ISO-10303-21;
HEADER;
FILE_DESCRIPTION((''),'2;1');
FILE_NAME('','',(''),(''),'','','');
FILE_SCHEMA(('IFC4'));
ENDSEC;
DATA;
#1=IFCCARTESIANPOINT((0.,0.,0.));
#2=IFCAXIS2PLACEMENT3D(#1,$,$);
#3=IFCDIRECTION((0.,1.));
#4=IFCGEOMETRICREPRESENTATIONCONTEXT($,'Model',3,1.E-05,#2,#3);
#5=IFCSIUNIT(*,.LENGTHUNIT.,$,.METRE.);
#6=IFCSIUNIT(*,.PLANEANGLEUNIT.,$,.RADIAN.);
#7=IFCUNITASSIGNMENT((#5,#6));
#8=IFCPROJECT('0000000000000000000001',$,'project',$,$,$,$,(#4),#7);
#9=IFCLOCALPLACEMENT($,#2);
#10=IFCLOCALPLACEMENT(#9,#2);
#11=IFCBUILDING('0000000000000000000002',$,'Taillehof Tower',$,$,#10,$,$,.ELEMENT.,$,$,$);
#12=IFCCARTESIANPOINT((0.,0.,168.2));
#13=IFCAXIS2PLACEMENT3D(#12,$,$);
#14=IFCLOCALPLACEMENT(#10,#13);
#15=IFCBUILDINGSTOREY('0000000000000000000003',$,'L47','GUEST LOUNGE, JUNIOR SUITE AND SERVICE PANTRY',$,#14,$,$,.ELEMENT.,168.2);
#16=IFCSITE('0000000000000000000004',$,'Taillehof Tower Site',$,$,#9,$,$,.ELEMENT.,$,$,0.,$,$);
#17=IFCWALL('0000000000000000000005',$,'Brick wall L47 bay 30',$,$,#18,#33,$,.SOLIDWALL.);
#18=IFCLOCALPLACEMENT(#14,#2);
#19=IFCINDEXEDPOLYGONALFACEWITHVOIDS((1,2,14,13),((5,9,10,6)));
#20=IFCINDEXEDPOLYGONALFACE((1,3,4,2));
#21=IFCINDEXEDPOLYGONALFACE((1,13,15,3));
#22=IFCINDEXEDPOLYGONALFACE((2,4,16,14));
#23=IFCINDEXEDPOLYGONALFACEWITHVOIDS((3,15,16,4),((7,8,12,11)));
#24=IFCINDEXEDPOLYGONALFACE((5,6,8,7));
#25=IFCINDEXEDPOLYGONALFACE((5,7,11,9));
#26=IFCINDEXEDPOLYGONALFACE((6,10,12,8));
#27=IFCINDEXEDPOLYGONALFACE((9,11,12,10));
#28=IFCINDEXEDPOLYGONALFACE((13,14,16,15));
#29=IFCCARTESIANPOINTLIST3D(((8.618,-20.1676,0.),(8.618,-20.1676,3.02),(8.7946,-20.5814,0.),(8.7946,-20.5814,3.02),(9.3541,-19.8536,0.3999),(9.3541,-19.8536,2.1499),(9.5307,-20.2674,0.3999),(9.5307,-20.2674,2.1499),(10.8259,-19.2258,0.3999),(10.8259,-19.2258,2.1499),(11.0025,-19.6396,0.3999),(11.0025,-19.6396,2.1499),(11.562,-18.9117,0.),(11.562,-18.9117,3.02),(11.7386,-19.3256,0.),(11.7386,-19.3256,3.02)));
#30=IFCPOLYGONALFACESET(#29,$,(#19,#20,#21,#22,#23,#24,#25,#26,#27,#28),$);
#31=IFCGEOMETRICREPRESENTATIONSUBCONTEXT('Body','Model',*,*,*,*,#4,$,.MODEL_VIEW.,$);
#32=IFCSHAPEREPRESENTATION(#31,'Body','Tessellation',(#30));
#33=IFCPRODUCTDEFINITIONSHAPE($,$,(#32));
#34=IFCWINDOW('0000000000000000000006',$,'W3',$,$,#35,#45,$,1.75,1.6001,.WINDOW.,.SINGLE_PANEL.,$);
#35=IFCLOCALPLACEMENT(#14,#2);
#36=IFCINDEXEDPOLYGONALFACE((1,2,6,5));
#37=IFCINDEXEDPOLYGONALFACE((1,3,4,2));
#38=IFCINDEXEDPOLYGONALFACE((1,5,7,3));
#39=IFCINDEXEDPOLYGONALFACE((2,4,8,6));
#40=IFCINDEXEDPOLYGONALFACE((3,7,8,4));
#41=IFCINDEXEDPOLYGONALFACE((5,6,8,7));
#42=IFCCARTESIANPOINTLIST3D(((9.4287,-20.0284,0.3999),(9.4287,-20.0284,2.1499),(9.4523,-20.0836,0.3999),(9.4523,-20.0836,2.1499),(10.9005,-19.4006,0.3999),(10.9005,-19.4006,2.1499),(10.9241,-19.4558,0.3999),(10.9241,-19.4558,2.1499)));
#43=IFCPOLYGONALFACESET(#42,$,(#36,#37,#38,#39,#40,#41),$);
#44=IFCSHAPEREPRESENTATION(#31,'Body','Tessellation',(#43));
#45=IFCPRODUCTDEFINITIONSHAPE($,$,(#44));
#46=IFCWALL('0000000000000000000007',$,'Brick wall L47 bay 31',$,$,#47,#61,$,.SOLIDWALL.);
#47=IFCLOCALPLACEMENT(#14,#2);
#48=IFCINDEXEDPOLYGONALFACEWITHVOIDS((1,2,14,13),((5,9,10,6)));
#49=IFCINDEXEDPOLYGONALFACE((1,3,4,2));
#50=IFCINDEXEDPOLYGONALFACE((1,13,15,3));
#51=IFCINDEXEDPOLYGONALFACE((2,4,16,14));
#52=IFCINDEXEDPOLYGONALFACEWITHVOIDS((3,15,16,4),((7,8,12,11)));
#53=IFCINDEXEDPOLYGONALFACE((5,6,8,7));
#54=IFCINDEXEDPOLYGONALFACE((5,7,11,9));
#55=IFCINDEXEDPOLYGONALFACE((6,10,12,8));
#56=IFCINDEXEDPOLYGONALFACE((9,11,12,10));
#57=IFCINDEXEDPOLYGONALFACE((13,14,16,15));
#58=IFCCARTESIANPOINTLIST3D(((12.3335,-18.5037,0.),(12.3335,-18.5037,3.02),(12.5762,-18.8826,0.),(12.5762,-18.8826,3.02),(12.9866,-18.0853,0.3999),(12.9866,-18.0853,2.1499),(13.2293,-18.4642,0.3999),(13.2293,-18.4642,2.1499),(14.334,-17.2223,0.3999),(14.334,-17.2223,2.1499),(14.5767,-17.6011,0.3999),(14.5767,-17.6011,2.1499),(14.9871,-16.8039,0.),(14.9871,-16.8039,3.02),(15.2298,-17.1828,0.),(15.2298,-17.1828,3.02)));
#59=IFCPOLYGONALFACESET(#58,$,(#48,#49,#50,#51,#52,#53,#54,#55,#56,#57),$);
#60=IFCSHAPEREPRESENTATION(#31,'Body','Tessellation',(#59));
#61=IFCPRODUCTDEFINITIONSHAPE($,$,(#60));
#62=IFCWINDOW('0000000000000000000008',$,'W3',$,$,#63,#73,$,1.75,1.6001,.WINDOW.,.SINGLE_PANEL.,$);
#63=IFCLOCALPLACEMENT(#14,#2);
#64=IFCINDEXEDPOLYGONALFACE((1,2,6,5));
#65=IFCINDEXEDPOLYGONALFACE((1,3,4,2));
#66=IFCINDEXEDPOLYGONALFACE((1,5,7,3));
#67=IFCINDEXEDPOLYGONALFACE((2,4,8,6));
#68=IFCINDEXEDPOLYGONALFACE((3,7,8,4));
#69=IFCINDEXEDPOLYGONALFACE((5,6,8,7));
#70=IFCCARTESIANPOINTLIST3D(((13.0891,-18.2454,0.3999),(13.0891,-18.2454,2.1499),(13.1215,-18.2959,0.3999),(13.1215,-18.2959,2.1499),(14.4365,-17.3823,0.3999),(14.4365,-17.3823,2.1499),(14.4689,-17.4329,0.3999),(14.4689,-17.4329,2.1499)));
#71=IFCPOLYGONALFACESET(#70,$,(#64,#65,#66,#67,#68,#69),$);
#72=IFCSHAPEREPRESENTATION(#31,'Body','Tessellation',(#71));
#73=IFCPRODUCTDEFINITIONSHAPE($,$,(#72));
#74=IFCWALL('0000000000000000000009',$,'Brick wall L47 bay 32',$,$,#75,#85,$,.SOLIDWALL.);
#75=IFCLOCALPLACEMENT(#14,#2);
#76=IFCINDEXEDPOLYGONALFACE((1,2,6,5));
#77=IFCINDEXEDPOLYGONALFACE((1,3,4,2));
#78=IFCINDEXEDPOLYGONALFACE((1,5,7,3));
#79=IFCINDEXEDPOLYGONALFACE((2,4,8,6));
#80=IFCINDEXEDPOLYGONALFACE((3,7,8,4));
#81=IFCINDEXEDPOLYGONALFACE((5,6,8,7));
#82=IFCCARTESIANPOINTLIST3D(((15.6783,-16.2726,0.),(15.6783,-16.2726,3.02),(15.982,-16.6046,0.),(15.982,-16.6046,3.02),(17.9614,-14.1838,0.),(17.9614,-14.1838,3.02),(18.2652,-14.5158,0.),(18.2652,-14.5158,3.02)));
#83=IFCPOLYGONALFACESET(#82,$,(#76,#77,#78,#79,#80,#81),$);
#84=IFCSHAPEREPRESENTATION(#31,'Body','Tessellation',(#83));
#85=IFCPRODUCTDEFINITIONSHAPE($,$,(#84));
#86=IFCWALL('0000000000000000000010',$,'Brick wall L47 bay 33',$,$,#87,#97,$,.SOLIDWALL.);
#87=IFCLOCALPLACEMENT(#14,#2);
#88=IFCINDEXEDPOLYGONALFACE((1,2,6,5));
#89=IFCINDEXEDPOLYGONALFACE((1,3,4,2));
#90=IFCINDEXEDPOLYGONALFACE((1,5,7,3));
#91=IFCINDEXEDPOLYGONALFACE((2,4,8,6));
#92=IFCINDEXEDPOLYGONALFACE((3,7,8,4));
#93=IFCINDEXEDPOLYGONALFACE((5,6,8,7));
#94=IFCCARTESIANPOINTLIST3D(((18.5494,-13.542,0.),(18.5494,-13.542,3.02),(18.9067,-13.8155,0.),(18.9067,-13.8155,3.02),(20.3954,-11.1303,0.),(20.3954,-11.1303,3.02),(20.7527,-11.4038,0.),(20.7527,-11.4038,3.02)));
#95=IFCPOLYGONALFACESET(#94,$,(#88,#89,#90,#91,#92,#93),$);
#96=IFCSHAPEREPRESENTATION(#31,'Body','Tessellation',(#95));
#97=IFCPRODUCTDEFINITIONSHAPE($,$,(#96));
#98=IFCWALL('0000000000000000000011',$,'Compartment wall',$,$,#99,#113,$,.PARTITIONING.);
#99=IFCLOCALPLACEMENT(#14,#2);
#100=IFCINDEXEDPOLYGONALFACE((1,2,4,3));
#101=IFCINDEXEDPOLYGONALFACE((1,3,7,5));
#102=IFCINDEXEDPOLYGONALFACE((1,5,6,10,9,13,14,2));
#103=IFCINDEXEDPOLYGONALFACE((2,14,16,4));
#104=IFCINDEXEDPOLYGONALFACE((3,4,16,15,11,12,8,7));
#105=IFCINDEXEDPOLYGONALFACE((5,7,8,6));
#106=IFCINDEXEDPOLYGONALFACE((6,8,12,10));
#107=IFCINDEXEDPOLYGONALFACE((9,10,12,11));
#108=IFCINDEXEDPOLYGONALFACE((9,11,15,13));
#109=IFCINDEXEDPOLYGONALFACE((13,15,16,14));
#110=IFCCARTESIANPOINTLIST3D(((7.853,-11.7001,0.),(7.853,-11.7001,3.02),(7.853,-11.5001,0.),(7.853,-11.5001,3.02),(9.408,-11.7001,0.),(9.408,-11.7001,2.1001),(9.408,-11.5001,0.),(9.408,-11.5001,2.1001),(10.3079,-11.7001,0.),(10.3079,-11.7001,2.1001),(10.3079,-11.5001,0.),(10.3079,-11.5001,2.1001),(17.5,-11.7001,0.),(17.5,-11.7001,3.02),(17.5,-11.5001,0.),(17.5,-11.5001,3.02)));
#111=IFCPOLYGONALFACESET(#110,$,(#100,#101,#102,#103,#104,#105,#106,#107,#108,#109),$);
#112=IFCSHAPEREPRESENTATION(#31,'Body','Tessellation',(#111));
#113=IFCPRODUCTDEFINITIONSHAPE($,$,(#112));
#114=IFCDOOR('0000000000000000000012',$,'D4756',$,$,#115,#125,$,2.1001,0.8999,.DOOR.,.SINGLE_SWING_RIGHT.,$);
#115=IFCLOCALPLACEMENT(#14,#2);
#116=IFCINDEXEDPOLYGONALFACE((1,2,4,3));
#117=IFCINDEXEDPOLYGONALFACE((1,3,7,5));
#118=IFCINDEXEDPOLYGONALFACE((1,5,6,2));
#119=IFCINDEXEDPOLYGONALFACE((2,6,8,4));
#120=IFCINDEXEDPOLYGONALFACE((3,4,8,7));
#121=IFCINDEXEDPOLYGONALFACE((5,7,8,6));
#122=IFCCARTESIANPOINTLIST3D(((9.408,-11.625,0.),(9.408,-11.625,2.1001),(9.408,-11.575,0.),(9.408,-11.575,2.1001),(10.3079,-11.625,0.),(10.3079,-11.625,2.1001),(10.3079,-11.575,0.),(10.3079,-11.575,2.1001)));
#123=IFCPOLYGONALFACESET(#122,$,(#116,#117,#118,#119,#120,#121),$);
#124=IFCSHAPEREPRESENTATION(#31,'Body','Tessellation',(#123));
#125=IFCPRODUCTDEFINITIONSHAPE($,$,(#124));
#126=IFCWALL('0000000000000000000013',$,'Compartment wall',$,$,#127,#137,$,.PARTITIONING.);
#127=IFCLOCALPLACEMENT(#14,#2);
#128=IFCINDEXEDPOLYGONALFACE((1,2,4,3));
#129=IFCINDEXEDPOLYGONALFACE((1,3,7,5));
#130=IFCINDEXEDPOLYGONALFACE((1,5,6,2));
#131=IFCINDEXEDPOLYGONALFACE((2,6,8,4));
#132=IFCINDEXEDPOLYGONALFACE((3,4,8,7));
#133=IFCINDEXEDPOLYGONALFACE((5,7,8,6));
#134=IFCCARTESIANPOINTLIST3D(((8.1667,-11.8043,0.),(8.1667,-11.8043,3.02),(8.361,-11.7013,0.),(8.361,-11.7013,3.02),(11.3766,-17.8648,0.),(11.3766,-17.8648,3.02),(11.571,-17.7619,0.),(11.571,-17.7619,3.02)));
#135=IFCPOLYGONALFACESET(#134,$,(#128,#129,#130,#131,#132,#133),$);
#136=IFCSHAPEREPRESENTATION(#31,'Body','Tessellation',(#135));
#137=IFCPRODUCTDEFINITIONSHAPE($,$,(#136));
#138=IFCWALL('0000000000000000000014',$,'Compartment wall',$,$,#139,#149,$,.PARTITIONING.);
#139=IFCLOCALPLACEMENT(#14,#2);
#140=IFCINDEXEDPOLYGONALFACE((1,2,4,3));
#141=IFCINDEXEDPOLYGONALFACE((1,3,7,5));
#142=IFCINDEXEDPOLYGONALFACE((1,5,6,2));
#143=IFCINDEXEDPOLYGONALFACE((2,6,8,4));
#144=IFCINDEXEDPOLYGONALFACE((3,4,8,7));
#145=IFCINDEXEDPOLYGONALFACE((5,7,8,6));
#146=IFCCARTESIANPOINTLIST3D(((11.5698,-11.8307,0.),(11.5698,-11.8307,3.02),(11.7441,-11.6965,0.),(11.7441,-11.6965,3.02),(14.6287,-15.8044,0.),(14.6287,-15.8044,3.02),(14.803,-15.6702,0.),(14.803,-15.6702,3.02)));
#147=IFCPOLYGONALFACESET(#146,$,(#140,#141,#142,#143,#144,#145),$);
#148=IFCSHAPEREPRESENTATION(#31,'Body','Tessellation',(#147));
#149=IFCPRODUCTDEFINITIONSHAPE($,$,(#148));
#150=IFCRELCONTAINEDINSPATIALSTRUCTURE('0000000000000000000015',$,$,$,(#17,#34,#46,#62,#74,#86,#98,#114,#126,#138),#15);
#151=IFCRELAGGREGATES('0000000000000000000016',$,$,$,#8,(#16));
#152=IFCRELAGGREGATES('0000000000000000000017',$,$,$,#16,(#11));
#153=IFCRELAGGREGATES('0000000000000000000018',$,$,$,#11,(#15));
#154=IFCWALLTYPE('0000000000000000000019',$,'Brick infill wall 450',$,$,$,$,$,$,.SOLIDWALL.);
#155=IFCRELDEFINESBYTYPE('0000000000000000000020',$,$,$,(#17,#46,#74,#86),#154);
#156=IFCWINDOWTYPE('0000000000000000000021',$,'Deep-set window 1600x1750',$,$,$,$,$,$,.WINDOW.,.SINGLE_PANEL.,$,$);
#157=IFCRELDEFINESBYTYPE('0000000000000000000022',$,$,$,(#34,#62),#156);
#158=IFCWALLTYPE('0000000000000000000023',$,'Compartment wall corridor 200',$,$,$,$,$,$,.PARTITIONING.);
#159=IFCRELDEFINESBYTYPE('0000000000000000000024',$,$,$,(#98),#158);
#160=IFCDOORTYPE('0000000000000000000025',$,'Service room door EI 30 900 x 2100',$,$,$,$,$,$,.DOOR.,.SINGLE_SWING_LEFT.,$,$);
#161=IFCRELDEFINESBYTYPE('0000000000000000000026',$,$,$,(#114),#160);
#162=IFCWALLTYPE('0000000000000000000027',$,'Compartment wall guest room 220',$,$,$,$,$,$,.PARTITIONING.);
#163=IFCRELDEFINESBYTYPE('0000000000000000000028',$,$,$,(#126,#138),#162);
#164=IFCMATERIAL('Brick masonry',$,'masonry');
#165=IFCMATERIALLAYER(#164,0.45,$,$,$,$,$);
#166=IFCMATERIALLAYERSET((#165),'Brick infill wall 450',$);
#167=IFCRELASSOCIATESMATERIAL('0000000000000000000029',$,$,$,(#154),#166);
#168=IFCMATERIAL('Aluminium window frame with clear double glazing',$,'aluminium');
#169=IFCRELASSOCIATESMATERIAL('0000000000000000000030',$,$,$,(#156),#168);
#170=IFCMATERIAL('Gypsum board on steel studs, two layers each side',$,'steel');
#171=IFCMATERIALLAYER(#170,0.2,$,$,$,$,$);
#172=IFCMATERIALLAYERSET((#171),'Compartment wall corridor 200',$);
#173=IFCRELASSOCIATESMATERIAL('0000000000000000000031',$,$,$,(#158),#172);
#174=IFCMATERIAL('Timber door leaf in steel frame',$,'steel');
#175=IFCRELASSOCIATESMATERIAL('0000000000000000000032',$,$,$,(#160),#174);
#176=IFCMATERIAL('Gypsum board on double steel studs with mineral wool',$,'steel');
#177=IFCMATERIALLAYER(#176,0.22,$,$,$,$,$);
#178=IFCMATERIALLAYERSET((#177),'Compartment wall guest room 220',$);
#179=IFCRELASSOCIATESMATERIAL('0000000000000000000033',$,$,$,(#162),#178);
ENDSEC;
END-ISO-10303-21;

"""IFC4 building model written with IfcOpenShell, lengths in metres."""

from ifc_helpers import new_model, si_unit, direction, frame, frame_2d, origin, place, context, subcontext, project, spatial, rectangle, extrude, material, layer, layer_set, type_object, element, fill, save


model = new_model("IFC4")

# Units and contexts
model_context = context("Model", 3, precision=1e-05, world=origin(), true_north=direction((0.0, 1.0)))
body_context = subcontext(model_context, "Body", "Model", "MODEL_VIEW")
ifc_project = project(units=[si_unit("LENGTHUNIT", "METRE"), si_unit("PLANEANGLEUNIT", "RADIAN")], contexts=[model_context])

# Site, building, storey
site_placement = place(None, origin())
site = spatial("IfcSite", under=ifc_project, at=site_placement, Name="Taillehof Tower Site", CompositionType="ELEMENT", RefElevation=0.0)
building_placement = place(site_placement, origin())
building = spatial("IfcBuilding", under=site, at=building_placement, Name="Taillehof Tower", CompositionType="ELEMENT")
storey_placement = place(building_placement, frame((0.0, 0.0, 168.2)))
storey = spatial("IfcBuildingStorey", under=building, at=storey_placement, Name="L47", Description="GUEST LOUNGE, JUNIOR SUITE AND SERVICE PANTRY", CompositionType="ELEMENT", Elevation=168.2)

# Walls, openings, windows
ifc_material_1 = material(Name="Brick masonry", Category="masonry")
ifc_layer_1 = layer(ifc_material_1, 0.45)
ifc_layer_set_1 = layer_set([ifc_layer_1], Name="Brick infill wall 450")
wall_type_1 = type_object("IfcWallType", Name="Brick infill wall 450", PredefinedType="SOLIDWALL", material=ifc_layer_set_1)
wall_1_placement = place(storey_placement, frame((8.7063, -20.3745, 0.0), z_axis=(0.0, 0.0, 1.0), x_axis=(0.91981, 0.392363, 0.0)))
wall_1 = element("IfcWall", 1, at=wall_1_placement, inside=storey, type_object=wall_type_1, Name="Brick wall L47 bay 30", PredefinedType="SOLIDWALL", context=body_context, shape_type="SweptSolid", body=[
    extrude(rectangle(XDim=3.2007, YDim=0.45, at=frame_2d((1.6003, 0.0))), origin(), (0.0, 0.0, 1.0), 3.02),
])
opening_1_placement = place(wall_1_placement, frame((0.8003, 0.0, 0.3999)))
opening_1 = element("IfcOpeningElement", 2, at=opening_1_placement, cuts=wall_1, PredefinedType="OPENING", context=body_context, shape_type="SweptSolid", body=[
    extrude(rectangle(XDim=1.6001, YDim=1.75, at=frame_2d((0.8, 0.875))), frame((0.0, 0.2349, 0.0), z_axis=(0.0, -1.0, 0.0), x_axis=(1.0, 0.0, 0.0)), (0.0, 0.0, 1.0), 0.47),
])
ifc_material_2 = material(Name="Aluminium window frame with clear double glazing", Category="aluminium")
window_type = type_object("IfcWindowType", Name="Deep-set window 1600x1750", PartitioningType="SINGLE_PANEL", PredefinedType="WINDOW", material=ifc_material_2)
window_1_placement = place(opening_1_placement, origin())
window_1 = element("IfcWindow", 3, at=window_1_placement, inside=storey, type_object=window_type, Name="W3", OverallHeight=1.75, OverallWidth=1.6001, PartitioningType="SINGLE_PANEL", PredefinedType="WINDOW", context=body_context, shape_type="SweptSolid", body=[
    extrude(rectangle(XDim=1.6001, YDim=1.75, at=frame_2d((0.8, 0.875))), frame((0.0, 0.0349, 0.0), z_axis=(0.0, -1.0, 0.0), x_axis=(1.0, 0.0, 0.0)), (0.0, 0.0, 1.0), 0.0601),
])
fill(opening_1, window_1)
wall_2_placement = place(storey_placement, frame((12.4548, -18.6931, 0.0), z_axis=(0.0, 0.0, 1.0), x_axis=(0.842066, 0.539375, 0.0)))
wall_2 = element("IfcWall", 4, at=wall_2_placement, inside=storey, type_object=wall_type_1, Name="Brick wall L47 bay 31", PredefinedType="SOLIDWALL", context=body_context, shape_type="SweptSolid", body=[
    extrude(rectangle(XDim=3.1514, YDim=0.45, at=frame_2d((1.5757, 0.0))), origin(), (0.0, 0.0, 1.0), 3.02),
])
opening_2_placement = place(wall_2_placement, frame((0.7756, 0.0, 0.3999)))
opening_2 = element("IfcOpeningElement", 5, at=opening_2_placement, cuts=wall_2, PredefinedType="OPENING", context=body_context, shape_type="SweptSolid", body=[
    extrude(rectangle(XDim=1.6001, YDim=1.75, at=frame_2d((0.8, 0.875))), frame((0.0, 0.2349, 0.0), z_axis=(0.0, -1.0, 0.0), x_axis=(1.0, 0.0, 0.0)), (0.0, 0.0, 1.0), 0.47),
])
window_2_placement = place(opening_2_placement, origin())
window_2 = element("IfcWindow", 6, at=window_2_placement, inside=storey, type_object=window_type, Name="W3", OverallHeight=1.75, OverallWidth=1.6001, PartitioningType="SINGLE_PANEL", PredefinedType="WINDOW", context=body_context, shape_type="SweptSolid", body=[
    extrude(rectangle(XDim=1.6001, YDim=1.75, at=frame_2d((0.8, 0.875))), frame((0.0, 0.0349, 0.0), z_axis=(0.0, -1.0, 0.0), x_axis=(1.0, 0.0, 0.0)), (0.0, 0.0, 1.0), 0.0601),
])
fill(opening_2, window_2)

# Walls
wall_3_placement = place(storey_placement, frame((15.8301, -16.4387, 0.0), z_axis=(0.0, 0.0, 1.0), x_axis=(0.737809, 0.67501, 0.0)))
element("IfcWall", 7, at=wall_3_placement, inside=storey, type_object=wall_type_1, Name="Brick wall L47 bay 32", PredefinedType="SOLIDWALL", context=body_context, shape_type="SweptSolid", body=[
    extrude(rectangle(XDim=3.0945, YDim=0.45, at=frame_2d((1.5474, 0.0))), origin(), (0.0, 0.0, 1.0), 3.02),
])
wall_4_placement = place(storey_placement, frame((18.728, -13.6787, 0.0), z_axis=(0.0, 0.0, 1.0), x_axis=(0.607817, 0.794077, 0.0)))
element("IfcWall", 8, at=wall_4_placement, inside=storey, type_object=wall_type_1, Name="Brick wall L47 bay 33", PredefinedType="SOLIDWALL", context=body_context, shape_type="SweptSolid", body=[
    extrude(rectangle(XDim=3.0371, YDim=0.45, at=frame_2d((1.5186, 0.0))), origin(), (0.0, 0.0, 1.0), 3.02),
])

# Wall, opening, door
ifc_material_3 = material(Name="Gypsum board on steel studs, two layers each side", Category="steel")
ifc_layer_2 = layer(ifc_material_3, 0.2)
ifc_layer_set_2 = layer_set([ifc_layer_2], Name="Compartment wall corridor 200")
wall_type_2 = type_object("IfcWallType", Name="Compartment wall corridor 200", PredefinedType="PARTITIONING", material=ifc_layer_set_2)
wall_5_placement = place(storey_placement, frame((17.5, -11.6001, 0.0), z_axis=(0.0, 0.0, 1.0), x_axis=(-1.0, 0.0, 0.0)))
wall_5 = element("IfcWall", 9, at=wall_5_placement, inside=storey, type_object=wall_type_2, Name="Compartment wall", PredefinedType="PARTITIONING", context=body_context, shape_type="SweptSolid", body=[
    extrude(rectangle(XDim=9.647, YDim=0.2, at=frame_2d((4.8235, 0.0))), origin(), (0.0, 0.0, 1.0), 3.02),
])
opening_3_placement = place(wall_5_placement, frame((7.1921, 0.0, 0.0)))
opening_3 = element("IfcOpeningElement", 10, at=opening_3_placement, cuts=wall_5, PredefinedType="OPENING", context=body_context, shape_type="SweptSolid", body=[
    extrude(rectangle(XDim=0.8999, YDim=2.1001, at=frame_2d((0.45, 1.05))), frame((0.0, 0.1099, 0.0), z_axis=(0.0, -1.0, 0.0), x_axis=(1.0, 0.0, 0.0)), (0.0, 0.0, 1.0), 0.22),
])
ifc_material_4 = material(Name="Timber door leaf in steel frame", Category="steel")
door_type = type_object("IfcDoorType", Name="Service room door EI 30 900 x 2100", OperationType="SINGLE_SWING_LEFT", PredefinedType="DOOR", material=ifc_material_4)
door_placement = place(opening_3_placement, origin())
door = element("IfcDoor", 11, at=door_placement, inside=storey, type_object=door_type, Name="D4756", OperationType="SINGLE_SWING_RIGHT", OverallHeight=2.1001, OverallWidth=0.8999, PredefinedType="DOOR", context=body_context, shape_type="SweptSolid", body=[
    extrude(rectangle(XDim=0.8999, YDim=2.1001, at=frame_2d((0.45, 1.05))), frame((0.0, 0.0249, 0.0), z_axis=(0.0, -1.0, 0.0), x_axis=(1.0, 0.0, 0.0)), (0.0, 0.0, 1.0), 0.05),
])
fill(opening_3, door)

# Walls
ifc_material_5 = material(Name="Gypsum board on double steel studs with mineral wool", Category="steel")
ifc_layer_3 = layer(ifc_material_5, 0.22)
ifc_layer_set_3 = layer_set([ifc_layer_3], Name="Compartment wall guest room 220")
wall_type_3 = type_object("IfcWallType", Name="Compartment wall guest room 220", PredefinedType="PARTITIONING", material=ifc_layer_set_3)
wall_6_placement = place(storey_placement, frame((11.4739, -17.8135, 0.0), z_axis=(0.0, 0.0, 1.0), x_axis=(-0.468051, 0.883701, 0.0)))
element("IfcWall", 12, at=wall_6_placement, inside=storey, type_object=wall_type_3, Name="Compartment wall", PredefinedType="PARTITIONING", context=body_context, shape_type="SweptSolid", body=[
    extrude(rectangle(XDim=6.8582, YDim=0.22, at=frame_2d((3.4292, 0.0))), origin(), (0.0, 0.0, 1.0), 3.02),
])
wall_7_placement = place(storey_placement, frame((14.7158, -15.7373, 0.0), z_axis=(0.0, 0.0, 1.0), x_axis=(-0.609986, 0.792412, 0.0)))
element("IfcWall", 13, at=wall_7_placement, inside=storey, type_object=wall_type_3, Name="Compartment wall", PredefinedType="PARTITIONING", context=body_context, shape_type="SweptSolid", body=[
    extrude(rectangle(XDim=5.0146, YDim=0.22, at=frame_2d((2.5073, 0.0))), origin(), (0.0, 0.0, 1.0), 3.02),
])

save(model, "model.ifc")
